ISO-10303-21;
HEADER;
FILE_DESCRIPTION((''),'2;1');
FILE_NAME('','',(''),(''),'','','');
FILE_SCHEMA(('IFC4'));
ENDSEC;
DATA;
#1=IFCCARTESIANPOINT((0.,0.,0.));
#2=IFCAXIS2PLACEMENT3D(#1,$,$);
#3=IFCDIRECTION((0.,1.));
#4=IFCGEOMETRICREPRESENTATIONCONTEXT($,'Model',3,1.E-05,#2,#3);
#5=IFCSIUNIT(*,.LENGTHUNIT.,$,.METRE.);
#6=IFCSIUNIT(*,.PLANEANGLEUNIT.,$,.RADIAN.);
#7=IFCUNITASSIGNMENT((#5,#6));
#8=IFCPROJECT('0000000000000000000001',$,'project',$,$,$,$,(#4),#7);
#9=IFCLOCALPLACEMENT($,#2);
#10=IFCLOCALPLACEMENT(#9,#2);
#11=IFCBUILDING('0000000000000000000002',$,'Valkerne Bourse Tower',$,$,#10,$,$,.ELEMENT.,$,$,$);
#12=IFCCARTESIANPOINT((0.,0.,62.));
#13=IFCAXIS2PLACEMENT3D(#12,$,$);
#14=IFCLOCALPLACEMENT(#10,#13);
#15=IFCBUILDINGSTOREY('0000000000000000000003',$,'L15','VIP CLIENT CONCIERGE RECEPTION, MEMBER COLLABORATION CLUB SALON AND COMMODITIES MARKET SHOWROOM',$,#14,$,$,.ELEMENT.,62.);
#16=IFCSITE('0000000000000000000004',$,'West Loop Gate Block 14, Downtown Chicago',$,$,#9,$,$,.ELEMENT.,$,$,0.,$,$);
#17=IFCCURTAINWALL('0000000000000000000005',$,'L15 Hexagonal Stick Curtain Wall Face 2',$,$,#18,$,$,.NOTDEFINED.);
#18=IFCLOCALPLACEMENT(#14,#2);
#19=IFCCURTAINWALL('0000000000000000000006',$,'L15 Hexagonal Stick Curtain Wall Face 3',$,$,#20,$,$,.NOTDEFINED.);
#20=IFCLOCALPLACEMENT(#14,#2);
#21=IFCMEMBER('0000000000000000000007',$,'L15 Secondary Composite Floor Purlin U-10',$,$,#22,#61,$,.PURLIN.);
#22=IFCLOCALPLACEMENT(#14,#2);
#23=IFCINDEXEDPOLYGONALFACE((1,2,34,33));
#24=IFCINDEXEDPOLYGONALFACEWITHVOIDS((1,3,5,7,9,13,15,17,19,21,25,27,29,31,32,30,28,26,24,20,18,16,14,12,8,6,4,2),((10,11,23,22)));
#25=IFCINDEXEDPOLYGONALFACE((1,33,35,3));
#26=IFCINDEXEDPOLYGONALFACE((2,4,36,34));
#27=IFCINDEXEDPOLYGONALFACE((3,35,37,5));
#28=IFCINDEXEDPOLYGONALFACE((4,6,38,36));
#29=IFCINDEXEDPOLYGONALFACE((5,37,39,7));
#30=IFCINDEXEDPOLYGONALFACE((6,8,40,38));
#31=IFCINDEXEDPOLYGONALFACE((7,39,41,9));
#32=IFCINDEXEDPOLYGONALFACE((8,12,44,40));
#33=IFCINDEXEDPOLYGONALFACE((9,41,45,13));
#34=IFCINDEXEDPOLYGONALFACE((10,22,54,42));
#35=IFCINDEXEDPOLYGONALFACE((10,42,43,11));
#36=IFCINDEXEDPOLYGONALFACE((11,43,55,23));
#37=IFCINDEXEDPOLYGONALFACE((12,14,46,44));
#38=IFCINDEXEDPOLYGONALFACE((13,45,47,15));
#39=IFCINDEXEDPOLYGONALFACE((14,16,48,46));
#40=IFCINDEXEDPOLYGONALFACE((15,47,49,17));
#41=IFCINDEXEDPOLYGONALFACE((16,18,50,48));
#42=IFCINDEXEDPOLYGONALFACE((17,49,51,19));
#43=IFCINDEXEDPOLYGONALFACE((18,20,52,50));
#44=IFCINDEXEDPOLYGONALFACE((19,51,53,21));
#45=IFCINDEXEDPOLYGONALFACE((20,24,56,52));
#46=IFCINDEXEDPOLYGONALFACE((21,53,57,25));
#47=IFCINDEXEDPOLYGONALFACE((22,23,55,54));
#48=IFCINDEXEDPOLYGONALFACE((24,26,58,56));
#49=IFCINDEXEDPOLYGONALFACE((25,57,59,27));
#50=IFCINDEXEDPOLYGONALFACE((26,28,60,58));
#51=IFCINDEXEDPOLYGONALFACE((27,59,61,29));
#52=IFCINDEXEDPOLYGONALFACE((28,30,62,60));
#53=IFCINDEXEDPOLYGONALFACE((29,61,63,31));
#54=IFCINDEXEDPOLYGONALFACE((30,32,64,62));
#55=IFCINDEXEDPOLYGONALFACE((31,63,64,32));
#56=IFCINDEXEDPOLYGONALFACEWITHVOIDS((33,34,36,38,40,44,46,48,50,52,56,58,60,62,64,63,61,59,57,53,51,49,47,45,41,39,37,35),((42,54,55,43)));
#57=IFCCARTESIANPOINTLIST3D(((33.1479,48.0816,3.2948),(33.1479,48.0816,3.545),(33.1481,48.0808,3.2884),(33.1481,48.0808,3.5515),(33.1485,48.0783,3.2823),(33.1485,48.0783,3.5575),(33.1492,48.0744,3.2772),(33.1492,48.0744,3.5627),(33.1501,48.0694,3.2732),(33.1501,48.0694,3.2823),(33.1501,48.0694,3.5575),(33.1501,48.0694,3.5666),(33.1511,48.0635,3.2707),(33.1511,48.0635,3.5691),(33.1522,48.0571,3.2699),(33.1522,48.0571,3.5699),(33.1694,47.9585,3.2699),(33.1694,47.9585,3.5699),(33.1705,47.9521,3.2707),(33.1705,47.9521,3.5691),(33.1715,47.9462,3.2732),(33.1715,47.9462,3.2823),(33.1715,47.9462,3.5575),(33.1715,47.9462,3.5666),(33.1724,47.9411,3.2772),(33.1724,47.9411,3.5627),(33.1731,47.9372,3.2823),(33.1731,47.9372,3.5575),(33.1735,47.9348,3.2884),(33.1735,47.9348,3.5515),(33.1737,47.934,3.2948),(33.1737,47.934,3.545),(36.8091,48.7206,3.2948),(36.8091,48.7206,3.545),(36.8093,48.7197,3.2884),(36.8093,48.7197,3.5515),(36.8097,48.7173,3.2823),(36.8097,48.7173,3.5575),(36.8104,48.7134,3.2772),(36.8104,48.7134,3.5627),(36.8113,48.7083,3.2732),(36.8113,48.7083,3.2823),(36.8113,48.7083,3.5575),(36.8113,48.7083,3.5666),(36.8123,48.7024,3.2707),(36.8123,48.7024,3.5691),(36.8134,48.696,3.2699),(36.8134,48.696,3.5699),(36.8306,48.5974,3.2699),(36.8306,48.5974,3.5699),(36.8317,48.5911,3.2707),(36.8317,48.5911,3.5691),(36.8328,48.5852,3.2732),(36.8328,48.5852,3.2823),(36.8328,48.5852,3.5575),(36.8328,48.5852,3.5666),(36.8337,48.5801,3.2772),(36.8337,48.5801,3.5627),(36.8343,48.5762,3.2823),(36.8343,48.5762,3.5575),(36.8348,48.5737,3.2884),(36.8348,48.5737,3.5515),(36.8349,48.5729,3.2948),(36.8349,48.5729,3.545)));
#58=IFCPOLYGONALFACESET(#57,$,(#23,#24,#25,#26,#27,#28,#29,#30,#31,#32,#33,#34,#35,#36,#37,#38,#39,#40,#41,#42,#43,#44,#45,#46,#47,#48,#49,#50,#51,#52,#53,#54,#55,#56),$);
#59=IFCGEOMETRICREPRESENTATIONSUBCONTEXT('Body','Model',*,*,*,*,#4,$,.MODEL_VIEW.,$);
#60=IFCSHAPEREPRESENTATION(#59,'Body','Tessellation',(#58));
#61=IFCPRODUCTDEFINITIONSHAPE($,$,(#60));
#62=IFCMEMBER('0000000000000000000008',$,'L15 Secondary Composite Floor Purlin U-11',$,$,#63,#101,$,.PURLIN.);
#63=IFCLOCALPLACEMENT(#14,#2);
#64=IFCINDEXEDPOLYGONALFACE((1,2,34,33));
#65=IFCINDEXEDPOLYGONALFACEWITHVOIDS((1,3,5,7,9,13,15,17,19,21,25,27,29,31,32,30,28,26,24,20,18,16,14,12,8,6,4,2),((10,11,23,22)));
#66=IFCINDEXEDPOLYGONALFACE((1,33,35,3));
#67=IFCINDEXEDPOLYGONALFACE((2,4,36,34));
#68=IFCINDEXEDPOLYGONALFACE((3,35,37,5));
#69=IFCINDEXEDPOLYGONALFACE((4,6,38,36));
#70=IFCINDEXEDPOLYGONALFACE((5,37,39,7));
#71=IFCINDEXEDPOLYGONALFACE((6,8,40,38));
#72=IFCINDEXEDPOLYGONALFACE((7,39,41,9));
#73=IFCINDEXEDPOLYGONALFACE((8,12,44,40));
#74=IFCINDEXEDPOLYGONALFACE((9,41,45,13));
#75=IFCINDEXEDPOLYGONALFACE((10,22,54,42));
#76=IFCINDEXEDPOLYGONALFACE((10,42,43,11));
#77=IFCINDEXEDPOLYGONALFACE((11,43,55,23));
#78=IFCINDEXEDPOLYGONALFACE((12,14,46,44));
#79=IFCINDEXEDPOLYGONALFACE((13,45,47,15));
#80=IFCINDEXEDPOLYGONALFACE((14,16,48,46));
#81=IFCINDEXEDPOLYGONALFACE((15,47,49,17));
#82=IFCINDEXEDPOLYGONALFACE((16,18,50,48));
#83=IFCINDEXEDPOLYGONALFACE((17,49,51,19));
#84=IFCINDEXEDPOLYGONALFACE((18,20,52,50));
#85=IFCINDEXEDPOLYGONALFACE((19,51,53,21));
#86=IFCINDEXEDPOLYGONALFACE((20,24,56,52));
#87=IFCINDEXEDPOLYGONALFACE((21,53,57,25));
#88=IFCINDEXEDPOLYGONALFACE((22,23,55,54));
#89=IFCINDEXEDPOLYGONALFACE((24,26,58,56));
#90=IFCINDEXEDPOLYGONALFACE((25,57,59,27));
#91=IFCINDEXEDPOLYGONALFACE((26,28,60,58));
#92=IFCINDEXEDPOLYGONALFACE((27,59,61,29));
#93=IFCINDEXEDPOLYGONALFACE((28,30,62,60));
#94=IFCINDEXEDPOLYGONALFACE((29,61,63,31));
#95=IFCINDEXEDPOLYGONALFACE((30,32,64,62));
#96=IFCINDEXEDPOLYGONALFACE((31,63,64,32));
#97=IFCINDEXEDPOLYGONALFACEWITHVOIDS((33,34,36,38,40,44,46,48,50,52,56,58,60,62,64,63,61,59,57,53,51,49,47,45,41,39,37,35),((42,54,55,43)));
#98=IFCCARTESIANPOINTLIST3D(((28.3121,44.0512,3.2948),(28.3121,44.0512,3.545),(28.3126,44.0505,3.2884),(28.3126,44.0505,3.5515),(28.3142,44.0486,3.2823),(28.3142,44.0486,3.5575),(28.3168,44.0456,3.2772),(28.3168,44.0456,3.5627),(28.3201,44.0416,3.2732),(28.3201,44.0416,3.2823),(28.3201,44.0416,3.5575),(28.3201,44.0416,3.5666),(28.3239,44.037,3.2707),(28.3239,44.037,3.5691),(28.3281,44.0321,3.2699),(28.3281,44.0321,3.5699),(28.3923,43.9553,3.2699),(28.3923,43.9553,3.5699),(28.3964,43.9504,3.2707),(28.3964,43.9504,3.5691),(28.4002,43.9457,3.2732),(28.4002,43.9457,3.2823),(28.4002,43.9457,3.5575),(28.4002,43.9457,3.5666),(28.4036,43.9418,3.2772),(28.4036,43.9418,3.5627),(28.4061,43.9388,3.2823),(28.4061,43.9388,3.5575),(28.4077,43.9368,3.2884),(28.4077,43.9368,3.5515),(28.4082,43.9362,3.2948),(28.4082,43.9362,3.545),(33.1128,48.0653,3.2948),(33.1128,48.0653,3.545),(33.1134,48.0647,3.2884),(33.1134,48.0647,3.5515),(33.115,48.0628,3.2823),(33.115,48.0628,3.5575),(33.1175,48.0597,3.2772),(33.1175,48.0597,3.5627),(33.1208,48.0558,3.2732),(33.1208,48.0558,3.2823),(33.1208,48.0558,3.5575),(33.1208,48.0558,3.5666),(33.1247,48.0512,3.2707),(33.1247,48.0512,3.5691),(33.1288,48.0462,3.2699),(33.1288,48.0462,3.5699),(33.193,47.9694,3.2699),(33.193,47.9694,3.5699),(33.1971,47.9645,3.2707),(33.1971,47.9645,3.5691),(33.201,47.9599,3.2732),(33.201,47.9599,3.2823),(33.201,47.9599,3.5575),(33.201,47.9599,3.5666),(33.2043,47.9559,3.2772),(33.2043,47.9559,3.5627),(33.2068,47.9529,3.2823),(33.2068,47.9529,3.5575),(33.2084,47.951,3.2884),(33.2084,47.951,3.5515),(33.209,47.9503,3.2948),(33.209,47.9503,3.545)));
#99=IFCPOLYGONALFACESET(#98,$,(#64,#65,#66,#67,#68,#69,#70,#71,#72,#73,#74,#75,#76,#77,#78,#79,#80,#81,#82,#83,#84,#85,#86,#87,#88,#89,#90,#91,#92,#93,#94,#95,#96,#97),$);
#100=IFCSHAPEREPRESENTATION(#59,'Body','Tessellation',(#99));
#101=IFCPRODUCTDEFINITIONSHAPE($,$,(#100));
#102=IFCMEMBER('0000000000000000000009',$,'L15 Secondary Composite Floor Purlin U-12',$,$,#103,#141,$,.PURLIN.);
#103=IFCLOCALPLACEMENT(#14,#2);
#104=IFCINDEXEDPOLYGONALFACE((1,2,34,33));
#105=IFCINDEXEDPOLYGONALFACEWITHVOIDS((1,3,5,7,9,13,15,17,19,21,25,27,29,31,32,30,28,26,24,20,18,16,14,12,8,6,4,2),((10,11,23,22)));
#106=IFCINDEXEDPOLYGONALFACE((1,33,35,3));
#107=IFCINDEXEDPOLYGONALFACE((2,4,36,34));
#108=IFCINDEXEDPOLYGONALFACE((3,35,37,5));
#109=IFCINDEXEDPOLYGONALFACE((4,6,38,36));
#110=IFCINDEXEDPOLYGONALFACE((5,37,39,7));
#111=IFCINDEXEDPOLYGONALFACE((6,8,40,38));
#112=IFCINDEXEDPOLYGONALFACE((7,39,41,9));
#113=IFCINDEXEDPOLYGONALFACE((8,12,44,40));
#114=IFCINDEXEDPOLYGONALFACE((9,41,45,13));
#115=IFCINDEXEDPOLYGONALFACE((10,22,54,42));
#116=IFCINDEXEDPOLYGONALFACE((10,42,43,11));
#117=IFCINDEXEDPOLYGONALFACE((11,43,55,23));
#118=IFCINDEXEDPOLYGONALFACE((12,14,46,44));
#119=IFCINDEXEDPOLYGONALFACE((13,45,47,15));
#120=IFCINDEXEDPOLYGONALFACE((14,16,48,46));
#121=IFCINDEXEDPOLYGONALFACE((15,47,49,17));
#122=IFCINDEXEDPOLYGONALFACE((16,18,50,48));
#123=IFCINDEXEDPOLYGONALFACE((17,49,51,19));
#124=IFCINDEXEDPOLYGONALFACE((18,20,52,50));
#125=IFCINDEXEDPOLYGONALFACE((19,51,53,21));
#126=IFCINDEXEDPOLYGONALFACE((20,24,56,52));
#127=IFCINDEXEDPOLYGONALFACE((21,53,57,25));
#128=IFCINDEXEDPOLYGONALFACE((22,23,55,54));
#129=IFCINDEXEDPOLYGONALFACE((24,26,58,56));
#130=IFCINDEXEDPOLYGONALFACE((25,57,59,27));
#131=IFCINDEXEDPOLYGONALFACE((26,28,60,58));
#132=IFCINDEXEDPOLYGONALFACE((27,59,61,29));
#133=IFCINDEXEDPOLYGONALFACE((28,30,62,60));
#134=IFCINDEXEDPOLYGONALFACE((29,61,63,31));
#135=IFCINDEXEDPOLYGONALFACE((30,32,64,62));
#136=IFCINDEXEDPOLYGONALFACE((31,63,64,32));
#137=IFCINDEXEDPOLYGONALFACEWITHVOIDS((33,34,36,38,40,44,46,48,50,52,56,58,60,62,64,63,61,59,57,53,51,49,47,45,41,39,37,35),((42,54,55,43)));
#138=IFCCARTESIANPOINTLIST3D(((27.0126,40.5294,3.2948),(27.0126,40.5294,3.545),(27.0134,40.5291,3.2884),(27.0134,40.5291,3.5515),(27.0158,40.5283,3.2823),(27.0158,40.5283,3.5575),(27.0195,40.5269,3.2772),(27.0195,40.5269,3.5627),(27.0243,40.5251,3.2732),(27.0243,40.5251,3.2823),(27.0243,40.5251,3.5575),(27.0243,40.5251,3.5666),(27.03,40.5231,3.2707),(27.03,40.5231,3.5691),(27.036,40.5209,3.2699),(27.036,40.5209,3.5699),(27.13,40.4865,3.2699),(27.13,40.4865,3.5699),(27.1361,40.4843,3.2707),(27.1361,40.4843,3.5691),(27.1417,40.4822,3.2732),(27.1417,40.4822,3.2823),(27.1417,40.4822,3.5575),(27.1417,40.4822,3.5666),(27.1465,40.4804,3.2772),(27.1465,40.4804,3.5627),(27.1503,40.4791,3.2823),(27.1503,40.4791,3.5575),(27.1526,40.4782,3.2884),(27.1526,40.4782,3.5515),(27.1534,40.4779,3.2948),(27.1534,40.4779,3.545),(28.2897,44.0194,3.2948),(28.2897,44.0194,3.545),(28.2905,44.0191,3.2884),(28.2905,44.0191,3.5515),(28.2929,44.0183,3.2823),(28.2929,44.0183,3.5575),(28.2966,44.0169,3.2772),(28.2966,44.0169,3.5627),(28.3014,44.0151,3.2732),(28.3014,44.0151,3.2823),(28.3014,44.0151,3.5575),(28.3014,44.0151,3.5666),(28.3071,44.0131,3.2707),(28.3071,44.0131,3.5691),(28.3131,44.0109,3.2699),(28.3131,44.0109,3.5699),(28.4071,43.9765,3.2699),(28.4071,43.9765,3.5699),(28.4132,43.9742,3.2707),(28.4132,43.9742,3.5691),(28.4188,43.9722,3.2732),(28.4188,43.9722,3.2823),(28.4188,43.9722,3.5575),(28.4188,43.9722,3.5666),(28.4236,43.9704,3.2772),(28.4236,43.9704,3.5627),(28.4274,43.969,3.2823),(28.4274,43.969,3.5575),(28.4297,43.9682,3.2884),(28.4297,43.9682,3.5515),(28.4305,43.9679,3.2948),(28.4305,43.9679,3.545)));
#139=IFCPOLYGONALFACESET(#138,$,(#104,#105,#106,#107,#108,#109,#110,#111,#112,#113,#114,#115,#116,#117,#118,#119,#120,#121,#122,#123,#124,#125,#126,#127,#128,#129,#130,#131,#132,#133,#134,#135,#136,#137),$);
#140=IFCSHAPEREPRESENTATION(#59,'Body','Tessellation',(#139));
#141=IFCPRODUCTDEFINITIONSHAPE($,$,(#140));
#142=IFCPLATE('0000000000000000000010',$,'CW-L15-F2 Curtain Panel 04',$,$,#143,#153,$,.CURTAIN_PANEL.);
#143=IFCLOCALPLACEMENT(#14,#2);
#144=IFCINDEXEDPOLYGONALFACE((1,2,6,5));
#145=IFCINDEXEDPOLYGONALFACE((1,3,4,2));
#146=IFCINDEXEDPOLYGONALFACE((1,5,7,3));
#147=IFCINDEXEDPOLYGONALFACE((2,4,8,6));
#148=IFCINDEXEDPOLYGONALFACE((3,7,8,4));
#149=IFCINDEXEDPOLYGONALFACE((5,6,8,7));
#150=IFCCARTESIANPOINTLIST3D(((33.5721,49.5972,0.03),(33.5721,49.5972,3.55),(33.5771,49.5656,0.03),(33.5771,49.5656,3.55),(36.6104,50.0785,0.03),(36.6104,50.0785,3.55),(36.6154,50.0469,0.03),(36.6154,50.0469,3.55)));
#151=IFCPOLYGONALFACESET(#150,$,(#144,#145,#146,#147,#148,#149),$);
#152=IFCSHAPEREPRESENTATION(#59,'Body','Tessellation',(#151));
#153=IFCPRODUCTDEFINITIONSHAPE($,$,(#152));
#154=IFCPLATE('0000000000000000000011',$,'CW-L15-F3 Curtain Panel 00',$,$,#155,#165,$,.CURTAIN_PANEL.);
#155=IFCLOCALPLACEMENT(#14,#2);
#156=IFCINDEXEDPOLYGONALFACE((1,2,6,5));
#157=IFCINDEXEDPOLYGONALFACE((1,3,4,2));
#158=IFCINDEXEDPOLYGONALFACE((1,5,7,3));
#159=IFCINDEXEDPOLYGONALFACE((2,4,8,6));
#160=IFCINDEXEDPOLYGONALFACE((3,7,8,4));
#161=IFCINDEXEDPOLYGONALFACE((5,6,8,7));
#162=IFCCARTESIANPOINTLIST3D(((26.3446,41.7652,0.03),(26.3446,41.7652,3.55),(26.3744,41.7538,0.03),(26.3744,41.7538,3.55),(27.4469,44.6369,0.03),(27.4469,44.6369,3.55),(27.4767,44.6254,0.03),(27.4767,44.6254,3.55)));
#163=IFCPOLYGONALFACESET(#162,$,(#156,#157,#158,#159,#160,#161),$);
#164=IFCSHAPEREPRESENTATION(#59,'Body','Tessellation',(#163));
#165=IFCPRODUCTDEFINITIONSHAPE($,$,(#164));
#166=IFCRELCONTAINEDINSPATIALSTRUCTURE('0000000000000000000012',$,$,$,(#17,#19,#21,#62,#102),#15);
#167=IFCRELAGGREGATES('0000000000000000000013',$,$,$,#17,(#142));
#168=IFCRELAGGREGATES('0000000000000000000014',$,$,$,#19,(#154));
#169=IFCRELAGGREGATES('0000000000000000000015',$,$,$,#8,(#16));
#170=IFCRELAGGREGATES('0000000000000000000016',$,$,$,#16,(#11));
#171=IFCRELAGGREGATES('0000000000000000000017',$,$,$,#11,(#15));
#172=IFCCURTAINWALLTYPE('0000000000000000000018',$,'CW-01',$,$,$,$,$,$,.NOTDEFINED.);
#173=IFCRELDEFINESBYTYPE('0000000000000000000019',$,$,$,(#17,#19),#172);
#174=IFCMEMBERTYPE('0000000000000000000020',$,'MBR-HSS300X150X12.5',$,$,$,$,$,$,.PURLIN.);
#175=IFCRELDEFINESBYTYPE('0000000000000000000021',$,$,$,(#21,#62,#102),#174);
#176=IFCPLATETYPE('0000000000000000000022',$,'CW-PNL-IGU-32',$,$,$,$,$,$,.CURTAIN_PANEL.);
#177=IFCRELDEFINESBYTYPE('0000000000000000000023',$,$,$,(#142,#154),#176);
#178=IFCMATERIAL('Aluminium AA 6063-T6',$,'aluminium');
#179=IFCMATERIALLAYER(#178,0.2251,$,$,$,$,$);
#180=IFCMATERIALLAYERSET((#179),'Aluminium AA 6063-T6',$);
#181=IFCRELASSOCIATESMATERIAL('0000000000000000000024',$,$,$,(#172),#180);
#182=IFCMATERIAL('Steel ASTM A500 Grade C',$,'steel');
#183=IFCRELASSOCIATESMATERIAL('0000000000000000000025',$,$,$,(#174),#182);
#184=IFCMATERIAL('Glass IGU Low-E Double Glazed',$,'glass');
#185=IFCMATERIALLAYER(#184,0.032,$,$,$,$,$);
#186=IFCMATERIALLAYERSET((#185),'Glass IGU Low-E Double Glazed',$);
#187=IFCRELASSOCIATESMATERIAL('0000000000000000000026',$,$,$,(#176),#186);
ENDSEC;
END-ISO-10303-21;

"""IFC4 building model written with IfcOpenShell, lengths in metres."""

from ifc_helpers import new_model, si_unit, direction, frame, origin, origin_2d, place, context, subcontext, project, spatial, rectangle, hollow_rectangle, extrude, material, layer, layer_set, material_profile, profile_set, type_object, element, aggregate, save


model = new_model("IFC4")

# Units and contexts
model_context = context("Model", 3, precision=1e-05, world=origin(), true_north=direction((0.0, 1.0)))
body_context = subcontext(model_context, "Body", "Model", "MODEL_VIEW")
ifc_project = project(units=[si_unit("LENGTHUNIT", "METRE"), si_unit("PLANEANGLEUNIT", "RADIAN")], contexts=[model_context])

# Site, building, storey
site_placement = place(None, origin())
site = spatial("IfcSite", under=ifc_project, at=site_placement, Name="West Loop Gate Block 14, Downtown Chicago", CompositionType="ELEMENT", RefElevation=0.0)
building_placement = place(site_placement, origin())
building = spatial("IfcBuilding", under=site, at=building_placement, Name="Valkerne Bourse Tower", CompositionType="ELEMENT")
storey_placement = place(building_placement, frame((0.0, 0.0, 62.0)))
storey = spatial("IfcBuildingStorey", under=building, at=storey_placement, Name="L15", Description="VIP CLIENT CONCIERGE RECEPTION, MEMBER COLLABORATION CLUB SALON AND COMMODITIES MARKET SHOWROOM", CompositionType="ELEMENT", Elevation=62.0)

# Curtain walls
ifc_material_1 = material(Name="Aluminium AA 6063-T6", Category="aluminium")
ifc_layer_1 = layer(ifc_material_1, 0.2251)
ifc_layer_set_1 = layer_set([ifc_layer_1], Name="Aluminium AA 6063-T6")
curtain_wall_type = type_object("IfcCurtainWallType", Name="CW-01", PredefinedType="NOTDEFINED", material=ifc_layer_set_1)
curtain_wall_1_placement = place(storey_placement, origin())
curtain_wall_1 = element("IfcCurtainWall", 1, at=curtain_wall_1_placement, inside=storey, type_object=curtain_wall_type, Name="L15 Hexagonal Stick Curtain Wall Face 2", PredefinedType="NOTDEFINED")
curtain_wall_2_placement = place(storey_placement, origin())
curtain_wall_2 = element("IfcCurtainWall", 2, at=curtain_wall_2_placement, inside=storey, type_object=curtain_wall_type, Name="L15 Hexagonal Stick Curtain Wall Face 3", PredefinedType="NOTDEFINED")

# Members
ifc_material_2 = material(Name="Steel ASTM A500 Grade C", Category="steel")
ifc_material_profile_1 = material_profile(ifc_material_2, hollow_rectangle(XDim=0.1499, YDim=0.3, WallThickness=0.0125, OuterFilletRadius=0.0249, at=origin_2d()), Name="HSS300X150X12.5")
ifc_profile_set_1 = profile_set([ifc_material_profile_1], Name="Steel ASTM A500 Grade C")
member_type_1 = type_object("IfcMemberType", Name="MBR-HSS300X150X12.5", PredefinedType="PURLIN", material=ifc_profile_set_1)
member_1_placement = place(storey_placement, frame((36.822, 48.6467, 3.4199), z_axis=(-0.985112, -0.171915, 0.0), x_axis=(0.171915, -0.985112, 0.0)))
element("IfcMember", 3, at=member_1_placement, inside=storey, type_object=member_type_1, Name="L15 Secondary Composite Floor Purlin U-10", PredefinedType="PURLIN", context=body_context, shape_type="SweptSolid", body=[
    extrude(hollow_rectangle(XDim=0.1499, YDim=0.3, WallThickness=0.0125, OuterFilletRadius=0.0249, at=origin_2d()), origin(), (0.0, 0.0, 1.0), 3.7166),
])
member_2_placement = place(storey_placement, frame((33.1609, 48.0078, 3.4199), z_axis=(-0.767159, -0.641458, 0.0), x_axis=(0.641458, -0.767159, 0.0)))
element("IfcMember", 4, at=member_2_placement, inside=storey, type_object=member_type_1, Name="L15 Secondary Composite Floor Purlin U-11", PredefinedType="PURLIN", context=body_context, shape_type="SweptSolid", body=[
    extrude(hollow_rectangle(XDim=0.1499, YDim=0.3, WallThickness=0.0125, OuterFilletRadius=0.0249, at=origin_2d()), origin(), (0.0, 0.0, 1.0), 6.2578),
])
member_3_placement = place(storey_placement, frame((28.3601, 43.9937, 3.4199), z_axis=(-0.343647, -0.939099, 0.0), x_axis=(0.939099, -0.343647, 0.0)))
element("IfcMember", 5, at=member_3_placement, inside=storey, type_object=member_type_1, Name="L15 Secondary Composite Floor Purlin U-12", PredefinedType="PURLIN", context=body_context, shape_type="SweptSolid", body=[
    extrude(hollow_rectangle(XDim=0.1499, YDim=0.3, WallThickness=0.0125, OuterFilletRadius=0.0249, at=origin_2d()), origin(), (0.0, 0.0, 1.0), 3.7163),
])

# Plates
ifc_material_3 = material(Name="Glass IGU Low-E Double Glazed", Category="glass")
ifc_layer_2 = layer(ifc_material_3, 0.032)
ifc_layer_set_2 = layer_set([ifc_layer_2], Name="Glass IGU Low-E Double Glazed")
plate_type = type_object("IfcPlateType", Name="CW-PNL-IGU-32", PredefinedType="CURTAIN_PANEL", material=ifc_layer_set_2)
plate_1_placement = place(storey_placement, frame((35.0938, 49.822, 0.03), z_axis=(0.0, 0.0, 1.0), x_axis=(-0.987685, -0.156456, 0.0)))
plate_1 = element("IfcPlate", 6, at=plate_1_placement, type_object=plate_type, Name="CW-L15-F2 Curtain Panel 04", PredefinedType="CURTAIN_PANEL", context=body_context, shape_type="SweptSolid", body=[
    extrude(rectangle(XDim=3.0762, YDim=0.032, at=origin_2d()), origin(), (0.0, 0.0, 1.0), 3.52),
])
aggregate(curtain_wall_1, [plate_1])
plate_2_placement = place(storey_placement, frame((26.9106, 43.1953, 0.03), z_axis=(0.0, 0.0, 1.0), x_axis=(-0.358367, -0.933581, 0.0)))
plate_2 = element("IfcPlate", 7, at=plate_2_placement, type_object=plate_type, Name="CW-L15-F3 Curtain Panel 00", PredefinedType="CURTAIN_PANEL", context=body_context, shape_type="SweptSolid", body=[
    extrude(rectangle(XDim=3.0759, YDim=0.032, at=origin_2d()), origin(), (0.0, 0.0, 1.0), 3.52),
])
aggregate(curtain_wall_2, [plate_2])

save(model, "model.ifc")
